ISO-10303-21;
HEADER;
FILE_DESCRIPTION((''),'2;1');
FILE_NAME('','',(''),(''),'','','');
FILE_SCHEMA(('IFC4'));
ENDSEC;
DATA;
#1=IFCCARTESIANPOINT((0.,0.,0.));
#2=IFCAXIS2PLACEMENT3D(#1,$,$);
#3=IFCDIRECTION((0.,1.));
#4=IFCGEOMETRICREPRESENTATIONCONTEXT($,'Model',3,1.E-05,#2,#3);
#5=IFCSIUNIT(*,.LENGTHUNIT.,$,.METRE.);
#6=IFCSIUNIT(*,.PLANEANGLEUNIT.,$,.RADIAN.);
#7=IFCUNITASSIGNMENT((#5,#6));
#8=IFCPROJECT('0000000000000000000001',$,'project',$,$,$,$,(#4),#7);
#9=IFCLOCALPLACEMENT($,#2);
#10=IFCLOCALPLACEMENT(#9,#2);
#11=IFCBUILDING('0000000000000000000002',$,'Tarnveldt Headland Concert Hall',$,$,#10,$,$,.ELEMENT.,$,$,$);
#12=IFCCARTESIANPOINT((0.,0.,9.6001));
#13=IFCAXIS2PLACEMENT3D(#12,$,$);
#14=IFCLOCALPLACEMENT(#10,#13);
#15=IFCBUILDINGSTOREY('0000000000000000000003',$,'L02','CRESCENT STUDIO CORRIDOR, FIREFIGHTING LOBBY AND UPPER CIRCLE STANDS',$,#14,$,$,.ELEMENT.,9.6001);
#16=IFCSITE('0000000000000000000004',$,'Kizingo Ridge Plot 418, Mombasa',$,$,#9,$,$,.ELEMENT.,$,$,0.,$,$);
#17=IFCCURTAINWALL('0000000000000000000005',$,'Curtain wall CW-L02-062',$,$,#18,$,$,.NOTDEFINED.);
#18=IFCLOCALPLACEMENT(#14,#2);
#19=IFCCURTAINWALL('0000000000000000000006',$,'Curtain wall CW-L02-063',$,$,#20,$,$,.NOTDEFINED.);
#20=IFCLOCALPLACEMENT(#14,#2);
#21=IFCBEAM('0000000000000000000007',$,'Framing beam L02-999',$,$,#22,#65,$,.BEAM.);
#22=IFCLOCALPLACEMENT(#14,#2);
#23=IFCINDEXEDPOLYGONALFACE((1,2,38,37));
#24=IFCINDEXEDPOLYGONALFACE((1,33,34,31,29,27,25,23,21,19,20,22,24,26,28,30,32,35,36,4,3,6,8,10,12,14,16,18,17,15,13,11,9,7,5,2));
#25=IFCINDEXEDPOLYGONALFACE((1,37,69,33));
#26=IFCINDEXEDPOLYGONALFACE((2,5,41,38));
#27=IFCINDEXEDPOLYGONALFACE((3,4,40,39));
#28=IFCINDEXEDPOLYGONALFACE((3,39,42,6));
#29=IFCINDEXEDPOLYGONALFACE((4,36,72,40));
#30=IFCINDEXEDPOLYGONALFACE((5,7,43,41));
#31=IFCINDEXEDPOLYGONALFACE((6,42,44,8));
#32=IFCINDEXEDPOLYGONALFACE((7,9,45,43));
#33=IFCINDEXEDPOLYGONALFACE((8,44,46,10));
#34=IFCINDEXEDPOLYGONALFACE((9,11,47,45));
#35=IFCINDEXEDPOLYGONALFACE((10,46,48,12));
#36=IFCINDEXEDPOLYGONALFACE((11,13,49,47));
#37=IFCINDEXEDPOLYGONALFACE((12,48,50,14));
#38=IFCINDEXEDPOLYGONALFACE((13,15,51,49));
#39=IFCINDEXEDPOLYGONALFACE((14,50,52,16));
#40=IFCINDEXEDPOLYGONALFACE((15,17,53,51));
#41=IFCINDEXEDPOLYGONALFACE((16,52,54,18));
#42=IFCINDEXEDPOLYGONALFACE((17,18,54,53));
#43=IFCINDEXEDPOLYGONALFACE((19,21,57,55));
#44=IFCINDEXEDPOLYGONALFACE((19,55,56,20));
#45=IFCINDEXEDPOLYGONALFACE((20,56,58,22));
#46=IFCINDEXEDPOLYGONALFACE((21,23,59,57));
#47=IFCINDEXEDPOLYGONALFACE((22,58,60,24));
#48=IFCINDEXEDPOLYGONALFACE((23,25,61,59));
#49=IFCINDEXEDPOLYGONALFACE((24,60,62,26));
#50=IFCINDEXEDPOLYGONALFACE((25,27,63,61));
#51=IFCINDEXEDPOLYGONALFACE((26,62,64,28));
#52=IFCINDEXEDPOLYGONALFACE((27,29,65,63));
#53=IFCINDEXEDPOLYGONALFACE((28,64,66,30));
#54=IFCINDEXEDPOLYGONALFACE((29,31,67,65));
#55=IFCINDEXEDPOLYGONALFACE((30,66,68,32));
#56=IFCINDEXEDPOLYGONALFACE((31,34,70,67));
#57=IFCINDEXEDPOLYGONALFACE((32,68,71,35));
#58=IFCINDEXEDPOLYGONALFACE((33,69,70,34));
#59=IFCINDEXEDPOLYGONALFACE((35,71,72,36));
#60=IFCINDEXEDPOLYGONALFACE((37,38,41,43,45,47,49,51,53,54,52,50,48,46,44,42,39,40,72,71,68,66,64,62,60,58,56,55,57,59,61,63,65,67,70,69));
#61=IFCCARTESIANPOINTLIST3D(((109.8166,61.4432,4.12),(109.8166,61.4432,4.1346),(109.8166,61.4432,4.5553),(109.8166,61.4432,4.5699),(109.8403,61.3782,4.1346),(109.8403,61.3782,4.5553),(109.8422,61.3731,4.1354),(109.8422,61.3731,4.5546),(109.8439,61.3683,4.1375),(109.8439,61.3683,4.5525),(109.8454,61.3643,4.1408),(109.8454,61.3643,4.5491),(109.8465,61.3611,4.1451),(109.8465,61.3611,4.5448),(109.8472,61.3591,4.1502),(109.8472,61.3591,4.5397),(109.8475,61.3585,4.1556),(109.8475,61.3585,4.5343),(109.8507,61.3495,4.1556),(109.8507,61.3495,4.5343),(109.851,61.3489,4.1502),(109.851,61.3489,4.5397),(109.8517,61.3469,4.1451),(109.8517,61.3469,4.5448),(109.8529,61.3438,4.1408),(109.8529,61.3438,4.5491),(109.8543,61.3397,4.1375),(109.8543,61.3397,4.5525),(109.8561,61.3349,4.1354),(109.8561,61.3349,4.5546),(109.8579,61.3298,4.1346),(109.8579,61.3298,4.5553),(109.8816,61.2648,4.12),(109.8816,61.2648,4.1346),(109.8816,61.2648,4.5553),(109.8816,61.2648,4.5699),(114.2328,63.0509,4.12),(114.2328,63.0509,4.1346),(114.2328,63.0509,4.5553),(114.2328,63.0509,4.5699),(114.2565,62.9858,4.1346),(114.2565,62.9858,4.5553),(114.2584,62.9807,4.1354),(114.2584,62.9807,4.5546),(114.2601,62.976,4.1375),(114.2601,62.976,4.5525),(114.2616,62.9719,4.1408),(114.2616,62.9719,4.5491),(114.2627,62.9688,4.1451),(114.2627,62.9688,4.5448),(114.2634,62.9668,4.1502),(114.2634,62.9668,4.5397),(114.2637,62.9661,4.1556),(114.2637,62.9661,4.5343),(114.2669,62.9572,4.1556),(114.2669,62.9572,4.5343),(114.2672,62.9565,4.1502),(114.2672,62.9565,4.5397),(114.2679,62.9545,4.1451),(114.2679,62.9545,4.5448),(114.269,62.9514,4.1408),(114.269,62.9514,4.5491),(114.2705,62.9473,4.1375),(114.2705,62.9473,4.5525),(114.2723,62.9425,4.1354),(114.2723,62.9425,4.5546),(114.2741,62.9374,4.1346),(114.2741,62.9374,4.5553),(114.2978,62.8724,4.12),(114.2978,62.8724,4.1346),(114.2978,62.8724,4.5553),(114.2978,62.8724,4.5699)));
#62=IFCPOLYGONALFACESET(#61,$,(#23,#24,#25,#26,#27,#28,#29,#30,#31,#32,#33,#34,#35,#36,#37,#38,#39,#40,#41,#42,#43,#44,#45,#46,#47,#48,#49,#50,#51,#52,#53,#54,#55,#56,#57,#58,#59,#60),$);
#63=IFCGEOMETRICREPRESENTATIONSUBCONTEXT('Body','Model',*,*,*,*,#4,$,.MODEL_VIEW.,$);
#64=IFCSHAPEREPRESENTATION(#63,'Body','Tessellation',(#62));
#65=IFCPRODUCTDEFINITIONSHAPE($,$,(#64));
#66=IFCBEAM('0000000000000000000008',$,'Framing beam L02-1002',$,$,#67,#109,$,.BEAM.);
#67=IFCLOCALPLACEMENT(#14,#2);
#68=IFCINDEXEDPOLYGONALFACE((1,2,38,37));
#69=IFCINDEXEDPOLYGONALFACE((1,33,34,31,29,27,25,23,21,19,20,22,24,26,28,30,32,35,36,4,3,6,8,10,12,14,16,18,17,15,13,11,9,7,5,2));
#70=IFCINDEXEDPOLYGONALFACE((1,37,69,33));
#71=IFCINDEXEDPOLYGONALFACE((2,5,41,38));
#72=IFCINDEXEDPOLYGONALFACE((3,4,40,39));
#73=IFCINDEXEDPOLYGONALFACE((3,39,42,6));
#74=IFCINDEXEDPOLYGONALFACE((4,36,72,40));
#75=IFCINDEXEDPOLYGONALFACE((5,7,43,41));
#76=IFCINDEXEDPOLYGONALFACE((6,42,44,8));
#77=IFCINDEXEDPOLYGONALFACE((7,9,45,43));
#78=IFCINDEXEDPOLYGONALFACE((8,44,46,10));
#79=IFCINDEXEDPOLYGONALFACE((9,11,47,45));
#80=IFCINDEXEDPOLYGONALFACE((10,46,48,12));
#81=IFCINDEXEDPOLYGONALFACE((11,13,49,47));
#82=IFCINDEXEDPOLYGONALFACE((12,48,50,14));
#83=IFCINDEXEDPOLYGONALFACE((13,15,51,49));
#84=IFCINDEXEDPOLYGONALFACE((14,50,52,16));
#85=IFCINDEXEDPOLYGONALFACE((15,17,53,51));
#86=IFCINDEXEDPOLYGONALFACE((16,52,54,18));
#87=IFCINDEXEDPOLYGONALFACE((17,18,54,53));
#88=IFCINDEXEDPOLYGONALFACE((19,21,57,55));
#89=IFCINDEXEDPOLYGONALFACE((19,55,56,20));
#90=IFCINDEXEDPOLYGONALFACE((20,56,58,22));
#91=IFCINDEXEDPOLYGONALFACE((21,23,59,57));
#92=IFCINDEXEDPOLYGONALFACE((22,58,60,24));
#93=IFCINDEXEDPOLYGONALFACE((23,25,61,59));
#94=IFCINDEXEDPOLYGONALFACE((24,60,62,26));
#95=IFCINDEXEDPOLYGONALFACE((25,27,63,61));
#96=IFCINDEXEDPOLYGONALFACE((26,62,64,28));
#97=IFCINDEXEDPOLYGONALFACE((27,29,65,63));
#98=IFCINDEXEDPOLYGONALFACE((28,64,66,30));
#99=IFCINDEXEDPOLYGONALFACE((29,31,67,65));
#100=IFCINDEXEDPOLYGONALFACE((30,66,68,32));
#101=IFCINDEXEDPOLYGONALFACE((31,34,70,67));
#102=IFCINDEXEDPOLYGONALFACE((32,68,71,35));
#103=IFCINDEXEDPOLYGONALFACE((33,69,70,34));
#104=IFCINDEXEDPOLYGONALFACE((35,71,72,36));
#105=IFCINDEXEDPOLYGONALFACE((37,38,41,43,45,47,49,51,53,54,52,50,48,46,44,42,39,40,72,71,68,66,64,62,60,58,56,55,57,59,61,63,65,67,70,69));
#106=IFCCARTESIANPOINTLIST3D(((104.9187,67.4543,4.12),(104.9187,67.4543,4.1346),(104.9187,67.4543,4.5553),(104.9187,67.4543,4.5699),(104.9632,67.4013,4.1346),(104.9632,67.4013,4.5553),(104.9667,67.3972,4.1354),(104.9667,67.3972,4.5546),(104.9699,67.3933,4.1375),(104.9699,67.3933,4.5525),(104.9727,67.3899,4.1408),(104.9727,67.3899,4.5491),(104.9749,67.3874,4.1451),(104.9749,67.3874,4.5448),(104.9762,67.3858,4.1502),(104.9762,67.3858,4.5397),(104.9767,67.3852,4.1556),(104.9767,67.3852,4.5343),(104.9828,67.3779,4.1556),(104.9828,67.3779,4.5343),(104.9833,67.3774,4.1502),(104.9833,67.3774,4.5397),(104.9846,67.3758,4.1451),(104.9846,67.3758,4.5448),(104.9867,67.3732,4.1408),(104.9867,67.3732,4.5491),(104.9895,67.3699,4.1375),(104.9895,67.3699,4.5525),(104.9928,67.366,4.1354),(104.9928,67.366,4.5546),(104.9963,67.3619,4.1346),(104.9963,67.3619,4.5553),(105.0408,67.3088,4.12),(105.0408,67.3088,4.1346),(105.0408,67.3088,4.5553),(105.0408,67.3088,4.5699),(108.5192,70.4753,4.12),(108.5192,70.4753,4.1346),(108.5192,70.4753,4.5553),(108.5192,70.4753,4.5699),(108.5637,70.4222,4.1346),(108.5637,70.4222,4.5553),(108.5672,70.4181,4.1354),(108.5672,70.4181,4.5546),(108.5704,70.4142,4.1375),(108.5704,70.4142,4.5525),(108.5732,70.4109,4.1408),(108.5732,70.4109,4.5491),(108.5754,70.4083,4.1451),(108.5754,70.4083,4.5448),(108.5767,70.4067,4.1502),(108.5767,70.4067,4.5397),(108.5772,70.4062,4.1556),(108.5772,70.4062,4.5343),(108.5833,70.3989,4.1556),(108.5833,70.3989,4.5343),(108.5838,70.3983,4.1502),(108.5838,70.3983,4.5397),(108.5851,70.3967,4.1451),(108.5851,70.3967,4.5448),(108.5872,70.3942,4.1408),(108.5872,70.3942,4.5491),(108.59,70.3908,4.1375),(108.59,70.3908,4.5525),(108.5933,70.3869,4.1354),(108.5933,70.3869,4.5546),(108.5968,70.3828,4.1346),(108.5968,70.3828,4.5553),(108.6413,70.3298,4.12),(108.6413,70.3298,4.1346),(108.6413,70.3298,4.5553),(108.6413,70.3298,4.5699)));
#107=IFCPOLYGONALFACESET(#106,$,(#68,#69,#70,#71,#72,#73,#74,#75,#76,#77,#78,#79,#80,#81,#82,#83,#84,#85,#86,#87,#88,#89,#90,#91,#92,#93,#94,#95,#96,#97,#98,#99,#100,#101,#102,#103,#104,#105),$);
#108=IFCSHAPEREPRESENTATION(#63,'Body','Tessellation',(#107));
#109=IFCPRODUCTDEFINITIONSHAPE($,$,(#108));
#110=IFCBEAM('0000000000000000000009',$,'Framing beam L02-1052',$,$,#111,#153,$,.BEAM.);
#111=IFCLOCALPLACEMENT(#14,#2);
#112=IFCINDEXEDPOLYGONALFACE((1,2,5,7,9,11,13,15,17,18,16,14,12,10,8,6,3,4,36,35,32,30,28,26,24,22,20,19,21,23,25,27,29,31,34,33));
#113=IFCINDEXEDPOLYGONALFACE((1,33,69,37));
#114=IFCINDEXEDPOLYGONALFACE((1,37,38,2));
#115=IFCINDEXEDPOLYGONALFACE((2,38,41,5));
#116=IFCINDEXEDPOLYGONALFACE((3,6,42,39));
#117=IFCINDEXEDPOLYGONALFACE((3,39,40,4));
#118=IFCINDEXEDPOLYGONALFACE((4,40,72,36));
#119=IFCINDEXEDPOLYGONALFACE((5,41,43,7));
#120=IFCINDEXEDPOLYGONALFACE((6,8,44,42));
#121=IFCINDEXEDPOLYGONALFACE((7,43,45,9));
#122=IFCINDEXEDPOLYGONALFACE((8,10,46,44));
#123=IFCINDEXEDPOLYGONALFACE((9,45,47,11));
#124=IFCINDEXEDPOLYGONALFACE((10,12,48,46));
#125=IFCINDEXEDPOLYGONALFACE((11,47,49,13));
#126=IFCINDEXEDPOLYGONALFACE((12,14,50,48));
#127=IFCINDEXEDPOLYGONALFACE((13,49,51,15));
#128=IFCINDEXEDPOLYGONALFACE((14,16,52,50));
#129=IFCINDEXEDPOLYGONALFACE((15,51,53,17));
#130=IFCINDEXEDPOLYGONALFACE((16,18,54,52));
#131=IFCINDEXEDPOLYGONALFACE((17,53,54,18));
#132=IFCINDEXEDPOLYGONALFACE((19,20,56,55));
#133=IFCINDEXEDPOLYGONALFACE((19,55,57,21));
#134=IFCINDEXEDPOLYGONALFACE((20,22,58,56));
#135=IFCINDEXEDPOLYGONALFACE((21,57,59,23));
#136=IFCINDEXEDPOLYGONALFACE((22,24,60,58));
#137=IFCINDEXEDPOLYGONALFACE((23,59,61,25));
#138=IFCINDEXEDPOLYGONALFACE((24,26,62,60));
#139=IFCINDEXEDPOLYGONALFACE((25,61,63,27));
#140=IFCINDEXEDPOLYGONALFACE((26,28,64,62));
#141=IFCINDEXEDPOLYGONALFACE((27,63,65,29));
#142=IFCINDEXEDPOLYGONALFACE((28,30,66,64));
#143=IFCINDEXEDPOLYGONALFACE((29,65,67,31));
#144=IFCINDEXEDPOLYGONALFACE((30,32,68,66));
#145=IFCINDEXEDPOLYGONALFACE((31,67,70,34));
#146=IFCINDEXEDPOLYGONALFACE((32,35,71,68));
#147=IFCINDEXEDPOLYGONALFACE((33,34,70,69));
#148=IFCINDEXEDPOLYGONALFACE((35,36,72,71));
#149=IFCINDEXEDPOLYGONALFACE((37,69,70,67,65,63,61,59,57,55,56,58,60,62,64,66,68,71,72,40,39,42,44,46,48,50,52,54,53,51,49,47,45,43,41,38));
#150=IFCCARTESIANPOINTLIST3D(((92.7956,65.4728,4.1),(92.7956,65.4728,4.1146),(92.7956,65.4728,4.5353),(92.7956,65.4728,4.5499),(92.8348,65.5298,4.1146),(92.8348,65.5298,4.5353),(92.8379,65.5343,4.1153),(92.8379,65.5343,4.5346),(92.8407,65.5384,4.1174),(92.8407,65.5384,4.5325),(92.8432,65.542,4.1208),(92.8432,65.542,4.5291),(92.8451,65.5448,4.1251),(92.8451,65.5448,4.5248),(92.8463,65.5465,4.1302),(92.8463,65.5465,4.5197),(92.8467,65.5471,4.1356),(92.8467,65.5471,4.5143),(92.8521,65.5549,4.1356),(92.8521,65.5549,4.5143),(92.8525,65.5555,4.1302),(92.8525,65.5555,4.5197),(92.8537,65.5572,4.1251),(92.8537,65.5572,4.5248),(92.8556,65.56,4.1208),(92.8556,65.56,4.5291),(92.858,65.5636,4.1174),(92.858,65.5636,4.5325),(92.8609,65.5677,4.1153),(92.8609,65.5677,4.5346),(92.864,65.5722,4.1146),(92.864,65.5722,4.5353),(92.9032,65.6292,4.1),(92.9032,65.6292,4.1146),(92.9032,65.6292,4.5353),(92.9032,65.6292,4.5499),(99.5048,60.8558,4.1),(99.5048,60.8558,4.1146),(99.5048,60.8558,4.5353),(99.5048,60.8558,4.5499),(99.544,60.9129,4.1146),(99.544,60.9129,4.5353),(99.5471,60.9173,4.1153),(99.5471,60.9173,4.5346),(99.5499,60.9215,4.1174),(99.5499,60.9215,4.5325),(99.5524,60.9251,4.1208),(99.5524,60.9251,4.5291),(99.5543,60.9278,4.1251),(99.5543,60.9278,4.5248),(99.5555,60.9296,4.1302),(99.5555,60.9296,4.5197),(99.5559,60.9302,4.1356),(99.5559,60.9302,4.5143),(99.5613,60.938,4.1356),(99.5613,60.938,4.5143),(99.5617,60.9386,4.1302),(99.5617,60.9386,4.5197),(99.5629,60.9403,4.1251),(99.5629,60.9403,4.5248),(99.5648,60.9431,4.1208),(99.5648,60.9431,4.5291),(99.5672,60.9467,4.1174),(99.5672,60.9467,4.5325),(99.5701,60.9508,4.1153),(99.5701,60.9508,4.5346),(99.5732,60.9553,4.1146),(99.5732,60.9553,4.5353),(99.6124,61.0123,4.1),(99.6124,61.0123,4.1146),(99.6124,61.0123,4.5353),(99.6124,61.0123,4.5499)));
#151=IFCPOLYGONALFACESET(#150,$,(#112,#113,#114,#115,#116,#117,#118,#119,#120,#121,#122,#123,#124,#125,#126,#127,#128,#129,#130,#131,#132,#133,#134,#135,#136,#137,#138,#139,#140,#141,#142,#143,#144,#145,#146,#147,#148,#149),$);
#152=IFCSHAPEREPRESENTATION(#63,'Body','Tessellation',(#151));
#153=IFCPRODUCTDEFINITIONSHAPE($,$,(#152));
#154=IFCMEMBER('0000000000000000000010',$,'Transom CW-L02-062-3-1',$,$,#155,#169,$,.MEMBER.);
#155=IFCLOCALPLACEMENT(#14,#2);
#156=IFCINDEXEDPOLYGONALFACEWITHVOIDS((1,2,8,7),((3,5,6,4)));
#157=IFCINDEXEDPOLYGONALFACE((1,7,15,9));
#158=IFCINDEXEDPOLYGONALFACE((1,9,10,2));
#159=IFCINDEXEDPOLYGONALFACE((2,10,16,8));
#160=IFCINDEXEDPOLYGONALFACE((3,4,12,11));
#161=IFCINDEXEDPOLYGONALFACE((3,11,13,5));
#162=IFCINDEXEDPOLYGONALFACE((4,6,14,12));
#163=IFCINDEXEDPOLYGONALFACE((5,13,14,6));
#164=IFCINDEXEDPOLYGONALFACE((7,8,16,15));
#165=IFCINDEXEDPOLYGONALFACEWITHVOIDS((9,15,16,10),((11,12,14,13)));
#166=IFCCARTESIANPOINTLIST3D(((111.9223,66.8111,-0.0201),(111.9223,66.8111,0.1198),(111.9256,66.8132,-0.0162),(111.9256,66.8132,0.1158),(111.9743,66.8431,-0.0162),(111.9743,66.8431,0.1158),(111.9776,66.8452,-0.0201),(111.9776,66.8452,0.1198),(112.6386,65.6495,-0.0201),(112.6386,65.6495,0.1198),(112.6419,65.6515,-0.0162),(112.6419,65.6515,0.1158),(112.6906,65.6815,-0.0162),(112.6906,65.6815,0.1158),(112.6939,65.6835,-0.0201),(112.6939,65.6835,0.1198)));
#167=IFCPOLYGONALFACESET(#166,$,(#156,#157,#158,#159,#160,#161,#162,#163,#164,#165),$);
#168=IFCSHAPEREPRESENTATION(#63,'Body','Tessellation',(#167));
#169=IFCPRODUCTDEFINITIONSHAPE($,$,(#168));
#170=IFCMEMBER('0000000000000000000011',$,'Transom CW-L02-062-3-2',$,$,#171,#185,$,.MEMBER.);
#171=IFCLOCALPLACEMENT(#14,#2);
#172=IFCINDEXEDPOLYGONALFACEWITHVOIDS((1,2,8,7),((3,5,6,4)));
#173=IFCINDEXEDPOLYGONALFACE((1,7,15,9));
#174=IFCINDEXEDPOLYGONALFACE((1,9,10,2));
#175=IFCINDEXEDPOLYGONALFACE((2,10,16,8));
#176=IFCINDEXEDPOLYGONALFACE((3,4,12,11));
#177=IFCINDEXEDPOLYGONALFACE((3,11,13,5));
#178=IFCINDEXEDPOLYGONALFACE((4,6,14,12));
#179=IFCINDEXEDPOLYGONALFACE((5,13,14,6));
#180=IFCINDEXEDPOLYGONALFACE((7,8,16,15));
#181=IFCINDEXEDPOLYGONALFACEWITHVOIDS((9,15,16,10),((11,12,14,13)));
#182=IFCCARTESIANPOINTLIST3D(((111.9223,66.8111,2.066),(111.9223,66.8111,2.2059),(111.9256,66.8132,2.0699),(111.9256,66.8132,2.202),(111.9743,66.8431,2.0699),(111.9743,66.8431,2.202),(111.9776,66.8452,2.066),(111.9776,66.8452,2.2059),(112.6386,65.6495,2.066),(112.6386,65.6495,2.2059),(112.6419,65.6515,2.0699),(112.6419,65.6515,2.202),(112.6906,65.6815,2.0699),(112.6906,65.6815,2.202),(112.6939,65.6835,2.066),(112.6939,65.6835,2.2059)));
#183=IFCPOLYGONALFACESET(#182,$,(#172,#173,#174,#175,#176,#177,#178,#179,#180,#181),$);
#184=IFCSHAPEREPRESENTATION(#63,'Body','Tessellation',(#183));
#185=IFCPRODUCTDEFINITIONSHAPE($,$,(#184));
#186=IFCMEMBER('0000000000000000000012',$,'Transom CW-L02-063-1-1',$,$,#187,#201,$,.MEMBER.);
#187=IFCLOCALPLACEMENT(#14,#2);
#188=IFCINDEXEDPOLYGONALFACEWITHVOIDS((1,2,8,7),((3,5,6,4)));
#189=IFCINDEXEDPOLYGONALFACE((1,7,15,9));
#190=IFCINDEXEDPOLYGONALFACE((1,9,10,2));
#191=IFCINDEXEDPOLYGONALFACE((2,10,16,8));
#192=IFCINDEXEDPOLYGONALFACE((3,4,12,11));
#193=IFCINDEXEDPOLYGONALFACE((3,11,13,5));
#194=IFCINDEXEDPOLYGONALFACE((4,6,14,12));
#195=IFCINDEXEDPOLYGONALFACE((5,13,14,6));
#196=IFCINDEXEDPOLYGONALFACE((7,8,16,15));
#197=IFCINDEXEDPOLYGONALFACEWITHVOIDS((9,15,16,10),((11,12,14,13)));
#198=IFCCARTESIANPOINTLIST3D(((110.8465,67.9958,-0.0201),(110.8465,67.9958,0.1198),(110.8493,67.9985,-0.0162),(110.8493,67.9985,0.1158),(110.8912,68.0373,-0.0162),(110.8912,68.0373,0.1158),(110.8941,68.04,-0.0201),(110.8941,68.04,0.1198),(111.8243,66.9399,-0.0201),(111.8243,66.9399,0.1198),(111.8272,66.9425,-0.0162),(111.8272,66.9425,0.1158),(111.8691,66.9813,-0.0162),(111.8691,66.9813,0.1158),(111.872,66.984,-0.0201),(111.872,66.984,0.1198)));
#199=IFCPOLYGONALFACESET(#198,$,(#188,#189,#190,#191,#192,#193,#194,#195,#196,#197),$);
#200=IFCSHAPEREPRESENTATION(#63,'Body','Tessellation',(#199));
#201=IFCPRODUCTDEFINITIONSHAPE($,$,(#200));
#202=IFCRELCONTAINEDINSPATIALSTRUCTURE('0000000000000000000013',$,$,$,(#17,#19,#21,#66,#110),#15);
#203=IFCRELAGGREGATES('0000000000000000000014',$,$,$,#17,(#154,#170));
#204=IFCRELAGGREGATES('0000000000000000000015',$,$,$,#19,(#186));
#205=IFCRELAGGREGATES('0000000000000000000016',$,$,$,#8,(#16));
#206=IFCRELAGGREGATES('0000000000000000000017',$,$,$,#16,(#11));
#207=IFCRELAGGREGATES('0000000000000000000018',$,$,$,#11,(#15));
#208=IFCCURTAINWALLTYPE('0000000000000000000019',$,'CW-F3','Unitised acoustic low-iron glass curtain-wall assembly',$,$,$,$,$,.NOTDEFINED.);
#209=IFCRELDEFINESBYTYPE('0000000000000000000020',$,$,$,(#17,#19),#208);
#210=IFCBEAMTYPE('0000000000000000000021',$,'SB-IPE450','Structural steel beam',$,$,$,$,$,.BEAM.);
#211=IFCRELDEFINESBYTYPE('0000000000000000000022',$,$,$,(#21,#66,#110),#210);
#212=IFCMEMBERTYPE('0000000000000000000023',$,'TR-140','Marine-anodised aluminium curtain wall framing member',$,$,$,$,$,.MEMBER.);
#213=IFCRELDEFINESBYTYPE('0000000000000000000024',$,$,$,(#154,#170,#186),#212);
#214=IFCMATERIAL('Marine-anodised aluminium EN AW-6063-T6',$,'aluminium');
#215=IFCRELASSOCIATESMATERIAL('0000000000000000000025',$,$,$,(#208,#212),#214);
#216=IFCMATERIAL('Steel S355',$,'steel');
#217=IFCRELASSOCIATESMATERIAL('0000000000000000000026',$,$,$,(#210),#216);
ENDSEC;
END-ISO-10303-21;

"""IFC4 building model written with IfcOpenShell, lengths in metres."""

from ifc_helpers import new_model, si_unit, direction, frame, origin, origin_2d, place, context, subcontext, project, spatial, hollow_rectangle, i_section, extrude, material, material_profile, profile_set, type_object, element, aggregate, save


model = new_model("IFC4")

# Units and contexts
model_context = context("Model", 3, precision=1e-05, world=origin(), true_north=direction((0.0, 1.0)))
body_context = subcontext(model_context, "Body", "Model", "MODEL_VIEW")
ifc_project = project(units=[si_unit("LENGTHUNIT", "METRE"), si_unit("PLANEANGLEUNIT", "RADIAN")], contexts=[model_context])

# Site, building, storey
site_placement = place(None, origin())
site = spatial("IfcSite", under=ifc_project, at=site_placement, Name="Kizingo Ridge Plot 418, Mombasa", CompositionType="ELEMENT", RefElevation=0.0)
building_placement = place(site_placement, origin())
building = spatial("IfcBuilding", under=site, at=building_placement, Name="Tarnveldt Headland Concert Hall", CompositionType="ELEMENT")
storey_placement = place(building_placement, frame((0.0, 0.0, 9.6001)))
storey = spatial("IfcBuildingStorey", under=building, at=storey_placement, Name="L02", Description="CRESCENT STUDIO CORRIDOR, FIREFIGHTING LOBBY AND UPPER CIRCLE STANDS", CompositionType="ELEMENT", Elevation=9.6001)

# Curtain wall
ifc_material_1 = material(Name="Marine-anodised aluminium EN AW-6063-T6", Category="aluminium")
curtain_wall_type = type_object("IfcCurtainWallType", Name="CW-F3", Description="Unitised acoustic low-iron glass curtain-wall assembly", PredefinedType="NOTDEFINED", material=ifc_material_1)
curtain_wall_1_placement = place(storey_placement, origin())
curtain_wall_1 = element("IfcCurtainWall", 1, at=curtain_wall_1_placement, inside=storey, type_object=curtain_wall_type, Name="Curtain wall CW-L02-062", PredefinedType="NOTDEFINED")

# Curtain wall
curtain_wall_2_placement = place(storey_placement, origin())
curtain_wall_2 = element("IfcCurtainWall", 2, at=curtain_wall_2_placement, inside=storey, type_object=curtain_wall_type, Name="Curtain wall CW-L02-063", PredefinedType="NOTDEFINED")

# Beams
ifc_material_2 = material(Name="Steel S355", Category="steel")
ifc_material_profile_1 = material_profile(ifc_material_2, i_section(OverallWidth=0.1899, OverallDepth=0.45, WebThickness=0.0095, FlangeThickness=0.0146, FilletRadius=0.021, at=origin_2d()), Name="IPE450", Category="steel")
ifc_profile_set_1 = profile_set([ifc_material_profile_1], Name="Steel S355")
beam_type_1 = type_object("IfcBeamType", Name="SB-IPE450", Description="Structural steel beam", PredefinedType="BEAM", material=ifc_profile_set_1)
beam_1_placement = place(storey_placement, frame((109.8491, 61.354, 4.345), z_axis=(0.939674, 0.342073, 0.0), x_axis=(-0.342073, 0.939674, 0.0)))
element("IfcBeam", 3, at=beam_1_placement, inside=storey, type_object=beam_type_1, Name="Framing beam L02-999", PredefinedType="BEAM", context=body_context, shape_type="SweptSolid", body=[
    extrude(i_section(OverallWidth=0.1899, OverallDepth=0.45, WebThickness=0.0095, FlangeThickness=0.0146, FilletRadius=0.021, at=origin_2d()), origin(), (0.0, 0.0, 1.0), 4.6997),
])
beam_2_placement = place(storey_placement, frame((104.9797, 67.3816, 4.345), z_axis=(0.766071, 0.642756, 0.0), x_axis=(-0.642756, 0.766071, 0.0)))
element("IfcBeam", 4, at=beam_2_placement, inside=storey, type_object=beam_type_1, Name="Framing beam L02-1002", PredefinedType="BEAM", context=body_context, shape_type="SweptSolid", body=[
    extrude(i_section(OverallWidth=0.1899, OverallDepth=0.45, WebThickness=0.0095, FlangeThickness=0.0146, FilletRadius=0.021, at=origin_2d()), origin(), (0.0, 0.0, 1.0), 4.7),
])
beam_3_placement = place(storey_placement, frame((99.5586, 60.9341, 4.325), z_axis=(-0.823793, 0.566891, 0.0), x_axis=(-0.566891, -0.823793, 0.0)))
element("IfcBeam", 5, at=beam_3_placement, inside=storey, type_object=beam_type_1, Name="Framing beam L02-1052", PredefinedType="BEAM", context=body_context, shape_type="SweptSolid", body=[
    extrude(i_section(OverallWidth=0.1899, OverallDepth=0.45, WebThickness=0.0095, FlangeThickness=0.0146, FilletRadius=0.021, at=origin_2d()), origin(), (0.0, 0.0, 1.0), 8.1443),
])

# Members
ifc_material_profile_2 = material_profile(ifc_material_1, hollow_rectangle(XDim=0.0649, YDim=0.1399, WallThickness=0.0039, at=origin_2d()), Name="ALU TRANSOM 65x140x4", Category="aluminium")
ifc_profile_set_2 = profile_set([ifc_material_profile_2], Name="Marine-anodised aluminium EN AW-6063-T6")
member_type_1 = type_object("IfcMemberType", Name="TR-140", Description="Marine-anodised aluminium curtain wall framing member", PredefinedType="MEMBER", material=ifc_profile_set_2)
member_1_placement = place(storey_placement, frame((112.6663, 65.6665, 0.0498), z_axis=(-0.524876, 0.851179, 0.0), x_axis=(-0.851179, -0.524876, 0.0)))
member_1 = element("IfcMember", 6, at=member_1_placement, type_object=member_type_1, Name="Transom CW-L02-062-3-1", PredefinedType="MEMBER", context=body_context, shape_type="SweptSolid", body=[
    extrude(hollow_rectangle(XDim=0.0649, YDim=0.1399, WallThickness=0.0039, at=origin_2d()), origin(), (0.0, 0.0, 1.0), 1.3647),
])
member_2_placement = place(storey_placement, frame((112.6663, 65.6665, 2.136), z_axis=(-0.524876, 0.851179, 0.0), x_axis=(-0.851179, -0.524876, 0.0)))
member_2 = element("IfcMember", 7, at=member_2_placement, type_object=member_type_1, Name="Transom CW-L02-062-3-2", PredefinedType="MEMBER", context=body_context, shape_type="SweptSolid", body=[
    extrude(hollow_rectangle(XDim=0.0649, YDim=0.1399, WallThickness=0.0039, at=origin_2d()), origin(), (0.0, 0.0, 1.0), 1.3647),
])
member_3_placement = place(storey_placement, frame((111.8481, 66.9619, 0.0498), z_axis=(-0.679442, 0.733729, 0.0), x_axis=(-0.733729, -0.679442, 0.0)))
member_3 = element("IfcMember", 8, at=member_3_placement, type_object=member_type_1, Name="Transom CW-L02-063-1-1", PredefinedType="MEMBER", context=body_context, shape_type="SweptSolid", body=[
    extrude(hollow_rectangle(XDim=0.0649, YDim=0.1399, WallThickness=0.0039, at=origin_2d()), origin(), (0.0, 0.0, 1.0), 1.4392),
])

aggregate(curtain_wall_1, [member_1, member_2])
aggregate(curtain_wall_2, [member_3])

save(model, "model.ifc")
